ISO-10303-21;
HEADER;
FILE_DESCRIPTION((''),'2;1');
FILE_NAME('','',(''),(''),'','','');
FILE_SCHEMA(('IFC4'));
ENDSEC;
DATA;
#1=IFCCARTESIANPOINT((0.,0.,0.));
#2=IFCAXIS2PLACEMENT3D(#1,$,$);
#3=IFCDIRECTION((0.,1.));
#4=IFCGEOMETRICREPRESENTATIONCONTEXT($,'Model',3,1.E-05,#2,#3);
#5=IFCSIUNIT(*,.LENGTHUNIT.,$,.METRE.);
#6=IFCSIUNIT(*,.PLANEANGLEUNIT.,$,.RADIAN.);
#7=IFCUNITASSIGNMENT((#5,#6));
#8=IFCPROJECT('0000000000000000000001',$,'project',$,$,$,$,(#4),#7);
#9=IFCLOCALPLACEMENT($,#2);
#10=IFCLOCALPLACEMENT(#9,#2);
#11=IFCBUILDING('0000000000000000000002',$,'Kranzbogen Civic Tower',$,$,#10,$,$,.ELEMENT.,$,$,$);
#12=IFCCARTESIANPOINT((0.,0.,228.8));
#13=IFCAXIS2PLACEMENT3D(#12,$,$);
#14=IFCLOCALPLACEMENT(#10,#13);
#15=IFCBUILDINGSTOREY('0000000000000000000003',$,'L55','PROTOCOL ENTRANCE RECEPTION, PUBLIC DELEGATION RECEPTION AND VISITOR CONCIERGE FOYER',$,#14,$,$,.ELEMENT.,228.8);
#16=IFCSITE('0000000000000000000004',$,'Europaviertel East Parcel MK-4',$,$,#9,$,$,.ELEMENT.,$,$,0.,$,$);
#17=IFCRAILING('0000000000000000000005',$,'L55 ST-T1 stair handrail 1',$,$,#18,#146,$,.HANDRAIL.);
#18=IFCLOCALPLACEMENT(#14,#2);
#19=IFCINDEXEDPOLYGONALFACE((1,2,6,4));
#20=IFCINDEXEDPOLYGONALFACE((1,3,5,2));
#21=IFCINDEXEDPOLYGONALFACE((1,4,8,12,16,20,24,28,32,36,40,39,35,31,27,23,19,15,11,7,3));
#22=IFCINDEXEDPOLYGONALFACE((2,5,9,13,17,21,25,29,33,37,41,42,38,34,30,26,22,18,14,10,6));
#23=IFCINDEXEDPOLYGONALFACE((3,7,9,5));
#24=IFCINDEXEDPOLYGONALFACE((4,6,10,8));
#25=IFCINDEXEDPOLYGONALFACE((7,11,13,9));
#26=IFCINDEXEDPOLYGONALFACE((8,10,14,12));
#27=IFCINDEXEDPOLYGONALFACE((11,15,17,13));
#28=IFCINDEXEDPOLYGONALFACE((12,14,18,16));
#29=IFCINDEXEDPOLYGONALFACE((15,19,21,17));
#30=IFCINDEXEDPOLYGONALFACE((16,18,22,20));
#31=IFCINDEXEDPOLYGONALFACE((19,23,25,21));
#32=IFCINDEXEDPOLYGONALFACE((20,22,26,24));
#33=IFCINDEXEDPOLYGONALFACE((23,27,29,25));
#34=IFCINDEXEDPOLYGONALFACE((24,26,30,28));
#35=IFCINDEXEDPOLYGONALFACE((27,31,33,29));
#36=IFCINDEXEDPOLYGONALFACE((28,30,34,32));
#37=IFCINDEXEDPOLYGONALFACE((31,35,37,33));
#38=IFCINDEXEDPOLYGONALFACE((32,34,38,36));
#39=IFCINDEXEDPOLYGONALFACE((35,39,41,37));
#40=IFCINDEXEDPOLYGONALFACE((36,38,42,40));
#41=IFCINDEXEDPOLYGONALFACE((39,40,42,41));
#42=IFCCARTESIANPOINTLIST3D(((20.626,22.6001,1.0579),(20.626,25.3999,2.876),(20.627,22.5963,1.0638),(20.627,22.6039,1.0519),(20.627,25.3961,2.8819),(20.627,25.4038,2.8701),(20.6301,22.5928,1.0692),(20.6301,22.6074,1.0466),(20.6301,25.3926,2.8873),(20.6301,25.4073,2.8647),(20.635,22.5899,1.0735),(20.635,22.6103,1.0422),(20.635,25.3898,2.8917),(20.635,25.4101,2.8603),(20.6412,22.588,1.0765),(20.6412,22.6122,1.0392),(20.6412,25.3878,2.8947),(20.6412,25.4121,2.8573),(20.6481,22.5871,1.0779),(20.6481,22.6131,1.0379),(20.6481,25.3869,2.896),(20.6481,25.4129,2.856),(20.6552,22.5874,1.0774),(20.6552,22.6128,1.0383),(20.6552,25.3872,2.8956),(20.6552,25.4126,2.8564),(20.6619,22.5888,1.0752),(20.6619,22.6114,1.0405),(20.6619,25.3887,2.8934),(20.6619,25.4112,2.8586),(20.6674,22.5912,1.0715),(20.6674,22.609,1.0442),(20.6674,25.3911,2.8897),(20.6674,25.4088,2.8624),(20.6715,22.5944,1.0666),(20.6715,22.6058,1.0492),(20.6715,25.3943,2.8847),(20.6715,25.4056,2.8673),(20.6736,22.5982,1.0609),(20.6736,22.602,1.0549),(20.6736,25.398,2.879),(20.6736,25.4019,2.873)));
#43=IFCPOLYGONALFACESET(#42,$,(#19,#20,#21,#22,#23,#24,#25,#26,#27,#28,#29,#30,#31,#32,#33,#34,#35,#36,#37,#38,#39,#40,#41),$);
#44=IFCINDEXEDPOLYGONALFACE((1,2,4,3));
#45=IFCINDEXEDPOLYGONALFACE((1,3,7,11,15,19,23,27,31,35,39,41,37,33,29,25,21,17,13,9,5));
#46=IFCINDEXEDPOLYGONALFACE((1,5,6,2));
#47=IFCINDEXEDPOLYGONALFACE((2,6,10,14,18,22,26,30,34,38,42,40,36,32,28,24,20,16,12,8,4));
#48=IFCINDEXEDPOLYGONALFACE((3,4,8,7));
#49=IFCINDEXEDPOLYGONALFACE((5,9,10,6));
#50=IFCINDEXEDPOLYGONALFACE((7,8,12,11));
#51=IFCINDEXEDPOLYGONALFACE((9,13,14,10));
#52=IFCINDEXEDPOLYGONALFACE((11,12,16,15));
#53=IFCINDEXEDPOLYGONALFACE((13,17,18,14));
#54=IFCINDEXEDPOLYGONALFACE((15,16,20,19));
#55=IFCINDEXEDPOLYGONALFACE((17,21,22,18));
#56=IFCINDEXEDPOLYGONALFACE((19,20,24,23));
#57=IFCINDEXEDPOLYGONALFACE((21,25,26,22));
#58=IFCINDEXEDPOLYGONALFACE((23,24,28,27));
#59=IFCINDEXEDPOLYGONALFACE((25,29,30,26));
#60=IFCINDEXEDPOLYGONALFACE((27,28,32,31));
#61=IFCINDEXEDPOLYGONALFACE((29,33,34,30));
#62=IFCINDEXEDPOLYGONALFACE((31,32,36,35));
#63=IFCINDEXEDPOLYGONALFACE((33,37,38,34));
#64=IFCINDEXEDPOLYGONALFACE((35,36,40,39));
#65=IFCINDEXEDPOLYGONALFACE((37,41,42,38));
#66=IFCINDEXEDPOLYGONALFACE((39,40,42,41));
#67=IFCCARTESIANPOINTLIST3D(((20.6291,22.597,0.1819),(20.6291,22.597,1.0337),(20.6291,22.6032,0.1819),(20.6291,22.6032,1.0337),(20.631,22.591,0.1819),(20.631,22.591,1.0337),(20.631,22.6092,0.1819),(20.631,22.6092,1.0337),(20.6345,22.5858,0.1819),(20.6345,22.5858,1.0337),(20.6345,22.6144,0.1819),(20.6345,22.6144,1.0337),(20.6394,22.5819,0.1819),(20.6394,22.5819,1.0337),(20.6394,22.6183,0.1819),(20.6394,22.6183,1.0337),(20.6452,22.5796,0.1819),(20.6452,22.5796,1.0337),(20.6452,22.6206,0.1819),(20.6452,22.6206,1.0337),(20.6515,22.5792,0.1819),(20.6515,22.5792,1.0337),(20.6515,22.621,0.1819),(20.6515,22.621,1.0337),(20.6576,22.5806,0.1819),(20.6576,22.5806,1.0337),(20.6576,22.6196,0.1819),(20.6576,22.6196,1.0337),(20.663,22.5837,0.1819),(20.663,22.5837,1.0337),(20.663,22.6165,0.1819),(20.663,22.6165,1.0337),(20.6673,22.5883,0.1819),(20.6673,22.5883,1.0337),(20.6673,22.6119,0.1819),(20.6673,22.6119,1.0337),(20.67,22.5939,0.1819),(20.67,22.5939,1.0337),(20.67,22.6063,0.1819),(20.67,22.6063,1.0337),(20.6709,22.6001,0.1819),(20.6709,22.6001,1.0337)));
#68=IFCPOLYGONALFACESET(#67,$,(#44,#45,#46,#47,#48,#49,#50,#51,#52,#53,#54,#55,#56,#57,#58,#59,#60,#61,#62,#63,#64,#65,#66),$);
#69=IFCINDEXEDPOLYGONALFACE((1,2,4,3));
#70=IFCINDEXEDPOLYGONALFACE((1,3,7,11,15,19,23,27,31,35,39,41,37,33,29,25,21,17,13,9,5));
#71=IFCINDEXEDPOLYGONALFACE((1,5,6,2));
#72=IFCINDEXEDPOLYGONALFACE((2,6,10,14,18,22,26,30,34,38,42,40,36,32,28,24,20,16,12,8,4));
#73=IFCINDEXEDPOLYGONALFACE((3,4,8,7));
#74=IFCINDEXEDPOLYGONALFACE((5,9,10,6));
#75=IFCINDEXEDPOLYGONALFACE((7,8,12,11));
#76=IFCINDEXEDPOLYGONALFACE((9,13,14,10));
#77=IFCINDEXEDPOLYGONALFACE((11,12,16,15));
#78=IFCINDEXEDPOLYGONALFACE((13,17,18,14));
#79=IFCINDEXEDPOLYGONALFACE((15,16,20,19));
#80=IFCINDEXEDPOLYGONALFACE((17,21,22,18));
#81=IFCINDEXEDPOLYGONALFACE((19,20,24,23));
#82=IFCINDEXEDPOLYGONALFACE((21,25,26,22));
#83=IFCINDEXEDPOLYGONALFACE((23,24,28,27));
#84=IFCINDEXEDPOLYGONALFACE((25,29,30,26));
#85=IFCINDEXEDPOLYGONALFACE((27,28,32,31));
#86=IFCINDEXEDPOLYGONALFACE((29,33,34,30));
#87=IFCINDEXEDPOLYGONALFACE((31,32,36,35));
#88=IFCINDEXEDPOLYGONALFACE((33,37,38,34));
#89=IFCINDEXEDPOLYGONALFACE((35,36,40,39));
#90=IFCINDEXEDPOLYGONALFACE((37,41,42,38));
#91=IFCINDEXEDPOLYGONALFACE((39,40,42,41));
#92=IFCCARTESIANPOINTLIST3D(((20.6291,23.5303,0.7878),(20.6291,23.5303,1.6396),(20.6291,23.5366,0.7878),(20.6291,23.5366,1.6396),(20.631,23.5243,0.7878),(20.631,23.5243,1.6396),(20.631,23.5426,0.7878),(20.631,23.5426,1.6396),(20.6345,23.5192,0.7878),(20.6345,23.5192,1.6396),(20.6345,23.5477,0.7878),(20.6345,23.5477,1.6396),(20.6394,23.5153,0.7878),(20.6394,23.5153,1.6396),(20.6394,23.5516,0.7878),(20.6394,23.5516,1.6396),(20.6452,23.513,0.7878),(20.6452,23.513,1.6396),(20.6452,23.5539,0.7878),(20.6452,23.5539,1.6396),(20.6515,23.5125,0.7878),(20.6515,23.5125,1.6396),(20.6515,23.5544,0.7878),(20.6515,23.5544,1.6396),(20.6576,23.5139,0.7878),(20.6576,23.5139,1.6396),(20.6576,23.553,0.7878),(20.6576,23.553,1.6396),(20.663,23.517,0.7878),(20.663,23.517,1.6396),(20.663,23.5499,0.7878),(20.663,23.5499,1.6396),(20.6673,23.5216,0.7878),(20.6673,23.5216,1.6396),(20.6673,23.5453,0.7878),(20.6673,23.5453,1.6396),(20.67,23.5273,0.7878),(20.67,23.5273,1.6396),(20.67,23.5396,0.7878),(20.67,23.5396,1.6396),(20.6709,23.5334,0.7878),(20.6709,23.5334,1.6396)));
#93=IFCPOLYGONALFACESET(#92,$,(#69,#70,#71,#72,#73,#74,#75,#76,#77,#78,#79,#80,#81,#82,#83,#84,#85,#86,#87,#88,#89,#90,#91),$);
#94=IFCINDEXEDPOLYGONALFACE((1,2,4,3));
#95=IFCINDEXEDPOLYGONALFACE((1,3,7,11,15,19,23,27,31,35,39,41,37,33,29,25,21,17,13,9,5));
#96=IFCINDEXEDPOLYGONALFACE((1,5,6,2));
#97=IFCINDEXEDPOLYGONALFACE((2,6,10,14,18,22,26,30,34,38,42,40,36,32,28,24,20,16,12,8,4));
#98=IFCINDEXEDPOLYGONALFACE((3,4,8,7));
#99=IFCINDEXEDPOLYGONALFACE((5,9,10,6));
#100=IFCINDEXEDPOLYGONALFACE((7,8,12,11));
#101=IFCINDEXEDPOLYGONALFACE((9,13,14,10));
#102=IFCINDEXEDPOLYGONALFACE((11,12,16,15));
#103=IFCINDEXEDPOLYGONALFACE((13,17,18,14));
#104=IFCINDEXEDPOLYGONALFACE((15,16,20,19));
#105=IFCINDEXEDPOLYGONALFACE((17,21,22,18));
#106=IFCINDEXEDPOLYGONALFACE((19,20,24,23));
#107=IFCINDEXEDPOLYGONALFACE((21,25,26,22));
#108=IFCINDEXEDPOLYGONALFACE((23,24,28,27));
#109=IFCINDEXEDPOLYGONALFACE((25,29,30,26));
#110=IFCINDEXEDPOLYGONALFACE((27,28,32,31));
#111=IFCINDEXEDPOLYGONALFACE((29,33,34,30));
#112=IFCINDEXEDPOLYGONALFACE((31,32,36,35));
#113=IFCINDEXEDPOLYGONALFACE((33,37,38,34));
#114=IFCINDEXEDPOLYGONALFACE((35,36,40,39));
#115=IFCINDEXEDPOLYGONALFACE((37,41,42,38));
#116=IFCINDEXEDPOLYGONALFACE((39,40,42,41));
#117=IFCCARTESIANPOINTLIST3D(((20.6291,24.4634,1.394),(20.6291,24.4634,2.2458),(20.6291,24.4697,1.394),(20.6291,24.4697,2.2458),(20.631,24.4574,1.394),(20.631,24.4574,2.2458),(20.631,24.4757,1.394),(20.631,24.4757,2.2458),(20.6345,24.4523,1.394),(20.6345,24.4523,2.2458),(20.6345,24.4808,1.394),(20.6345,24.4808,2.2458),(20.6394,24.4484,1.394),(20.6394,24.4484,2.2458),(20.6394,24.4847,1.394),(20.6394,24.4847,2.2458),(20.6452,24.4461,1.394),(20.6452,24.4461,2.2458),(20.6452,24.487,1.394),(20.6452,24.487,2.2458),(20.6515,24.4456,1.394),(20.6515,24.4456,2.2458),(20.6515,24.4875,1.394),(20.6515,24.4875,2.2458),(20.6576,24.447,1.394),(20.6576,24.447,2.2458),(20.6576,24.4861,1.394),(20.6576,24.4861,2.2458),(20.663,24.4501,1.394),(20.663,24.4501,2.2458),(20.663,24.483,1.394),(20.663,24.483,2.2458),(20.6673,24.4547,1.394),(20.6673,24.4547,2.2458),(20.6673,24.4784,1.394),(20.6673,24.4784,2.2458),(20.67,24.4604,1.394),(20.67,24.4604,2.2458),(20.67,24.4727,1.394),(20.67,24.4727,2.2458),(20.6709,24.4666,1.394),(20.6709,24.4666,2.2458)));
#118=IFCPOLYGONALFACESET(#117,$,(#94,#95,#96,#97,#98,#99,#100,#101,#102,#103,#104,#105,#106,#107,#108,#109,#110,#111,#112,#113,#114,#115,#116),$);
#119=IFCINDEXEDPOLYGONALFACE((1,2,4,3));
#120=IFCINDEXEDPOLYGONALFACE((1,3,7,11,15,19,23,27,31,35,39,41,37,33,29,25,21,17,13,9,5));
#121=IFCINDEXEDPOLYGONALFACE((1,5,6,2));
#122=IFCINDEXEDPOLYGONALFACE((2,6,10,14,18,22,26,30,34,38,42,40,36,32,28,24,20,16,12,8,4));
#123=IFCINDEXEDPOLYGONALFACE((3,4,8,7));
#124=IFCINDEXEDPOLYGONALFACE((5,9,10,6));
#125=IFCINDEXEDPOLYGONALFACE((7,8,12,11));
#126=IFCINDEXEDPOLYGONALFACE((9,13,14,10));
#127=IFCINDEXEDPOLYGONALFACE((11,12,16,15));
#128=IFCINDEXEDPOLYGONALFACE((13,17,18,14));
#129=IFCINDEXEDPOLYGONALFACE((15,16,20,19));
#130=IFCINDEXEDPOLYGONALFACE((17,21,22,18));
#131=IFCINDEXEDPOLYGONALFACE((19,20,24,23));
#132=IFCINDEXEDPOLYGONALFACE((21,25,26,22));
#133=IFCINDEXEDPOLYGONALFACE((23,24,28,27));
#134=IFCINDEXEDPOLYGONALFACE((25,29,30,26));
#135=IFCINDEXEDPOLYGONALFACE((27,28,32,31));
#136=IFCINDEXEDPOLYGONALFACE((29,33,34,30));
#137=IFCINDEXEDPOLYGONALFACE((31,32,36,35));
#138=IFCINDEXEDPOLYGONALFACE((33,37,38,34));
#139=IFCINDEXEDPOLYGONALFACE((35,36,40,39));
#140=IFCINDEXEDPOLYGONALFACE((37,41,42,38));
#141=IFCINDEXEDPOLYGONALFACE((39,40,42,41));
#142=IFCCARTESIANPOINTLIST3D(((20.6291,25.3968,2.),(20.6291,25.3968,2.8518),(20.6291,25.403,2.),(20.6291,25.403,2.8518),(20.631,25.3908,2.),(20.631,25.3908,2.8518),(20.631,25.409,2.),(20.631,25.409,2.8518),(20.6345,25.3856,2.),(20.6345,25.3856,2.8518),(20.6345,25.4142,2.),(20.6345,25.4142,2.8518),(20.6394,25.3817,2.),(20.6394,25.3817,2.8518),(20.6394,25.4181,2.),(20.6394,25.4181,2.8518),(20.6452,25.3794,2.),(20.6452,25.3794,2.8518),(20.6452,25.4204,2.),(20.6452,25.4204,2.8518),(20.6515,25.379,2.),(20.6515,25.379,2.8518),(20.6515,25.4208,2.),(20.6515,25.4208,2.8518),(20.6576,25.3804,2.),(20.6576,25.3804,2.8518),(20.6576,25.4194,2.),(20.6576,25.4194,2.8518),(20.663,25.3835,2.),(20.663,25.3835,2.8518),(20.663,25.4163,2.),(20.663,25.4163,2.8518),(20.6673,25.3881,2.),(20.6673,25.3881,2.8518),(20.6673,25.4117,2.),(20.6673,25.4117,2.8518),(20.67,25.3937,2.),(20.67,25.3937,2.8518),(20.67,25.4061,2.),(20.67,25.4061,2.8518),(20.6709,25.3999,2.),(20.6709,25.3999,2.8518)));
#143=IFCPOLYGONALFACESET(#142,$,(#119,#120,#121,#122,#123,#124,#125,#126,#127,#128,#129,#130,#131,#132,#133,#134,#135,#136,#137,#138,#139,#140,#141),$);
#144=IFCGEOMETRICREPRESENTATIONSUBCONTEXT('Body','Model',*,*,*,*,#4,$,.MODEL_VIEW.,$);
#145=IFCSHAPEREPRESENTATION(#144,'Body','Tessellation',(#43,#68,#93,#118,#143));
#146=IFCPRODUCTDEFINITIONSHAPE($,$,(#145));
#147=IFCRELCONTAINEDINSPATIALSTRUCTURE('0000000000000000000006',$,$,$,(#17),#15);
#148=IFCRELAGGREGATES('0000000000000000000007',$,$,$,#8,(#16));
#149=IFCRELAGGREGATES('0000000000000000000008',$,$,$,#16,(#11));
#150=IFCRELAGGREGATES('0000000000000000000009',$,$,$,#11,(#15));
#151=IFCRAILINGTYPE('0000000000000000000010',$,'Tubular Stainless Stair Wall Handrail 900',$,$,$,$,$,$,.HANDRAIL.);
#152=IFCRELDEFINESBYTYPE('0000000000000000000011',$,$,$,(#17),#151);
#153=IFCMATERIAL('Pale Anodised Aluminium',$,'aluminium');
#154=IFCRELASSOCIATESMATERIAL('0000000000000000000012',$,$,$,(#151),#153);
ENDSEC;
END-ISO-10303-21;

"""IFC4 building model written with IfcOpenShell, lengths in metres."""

from ifc_helpers import new_model, si_unit, direction, frame, origin, origin_2d, place, context, subcontext, project, spatial, circle, extrude, material, type_object, element, save


model = new_model("IFC4")

# Units and contexts
model_context = context("Model", 3, precision=1e-05, world=origin(), true_north=direction((0.0, 1.0)))
body_context = subcontext(model_context, "Body", "Model", "MODEL_VIEW")
ifc_project = project(units=[si_unit("LENGTHUNIT", "METRE"), si_unit("PLANEANGLEUNIT", "RADIAN")], contexts=[model_context])

# Site, building, storey
site_placement = place(None, origin())
site = spatial("IfcSite", under=ifc_project, at=site_placement, Name="Europaviertel East Parcel MK-4", CompositionType="ELEMENT", RefElevation=0.0)
building_placement = place(site_placement, origin())
building = spatial("IfcBuilding", under=site, at=building_placement, Name="Kranzbogen Civic Tower", CompositionType="ELEMENT")
storey_placement = place(building_placement, frame((0.0, 0.0, 228.8)))
storey = spatial("IfcBuildingStorey", under=building, at=storey_placement, Name="L55", Description="PROTOCOL ENTRANCE RECEPTION, PUBLIC DELEGATION RECEPTION AND VISITOR CONCIERGE FOYER", CompositionType="ELEMENT", Elevation=228.8)

# Shared definitions
ifc_material_1 = material(Name="Pale Anodised Aluminium", Category="aluminium")

# Railing
railing_type_1 = type_object("IfcRailingType", Name="Tubular Stainless Stair Wall Handrail 900", PredefinedType="HANDRAIL", material=ifc_material_1)
railing_1_placement = place(storey_placement, frame((20.6499, 22.6001, 0.1819)))
element("IfcRailing", 1, at=railing_1_placement, inside=storey, type_object=railing_type_1, Name="L55 ST-T1 stair handrail 1", PredefinedType="HANDRAIL", context=body_context, shape_type="SweptSolid", body=[
    extrude(circle(Radius=0.0239, at=origin_2d()), frame((0.0, 0.0, 0.876), z_axis=(0.0, 0.838684, 0.544618), x_axis=(-1.0, 0.0, 0.0)), (0.0, 0.0, 1.0), 3.3384),
    extrude(circle(Radius=0.021, at=origin_2d()), origin(), (0.0, 0.0, 1.0), 0.8518),
    extrude(circle(Radius=0.021, at=origin_2d()), frame((0.0, 0.9333, 0.606)), (0.0, 0.0, 1.0), 0.8518),
    extrude(circle(Radius=0.021, at=origin_2d()), frame((0.0, 1.8665, 1.2122)), (0.0, 0.0, 1.0), 0.8518),
    extrude(circle(Radius=0.021, at=origin_2d()), frame((0.0, 2.7998, 1.8181)), (0.0, 0.0, 1.0), 0.8518),
])

save(model, "model.ifc")
